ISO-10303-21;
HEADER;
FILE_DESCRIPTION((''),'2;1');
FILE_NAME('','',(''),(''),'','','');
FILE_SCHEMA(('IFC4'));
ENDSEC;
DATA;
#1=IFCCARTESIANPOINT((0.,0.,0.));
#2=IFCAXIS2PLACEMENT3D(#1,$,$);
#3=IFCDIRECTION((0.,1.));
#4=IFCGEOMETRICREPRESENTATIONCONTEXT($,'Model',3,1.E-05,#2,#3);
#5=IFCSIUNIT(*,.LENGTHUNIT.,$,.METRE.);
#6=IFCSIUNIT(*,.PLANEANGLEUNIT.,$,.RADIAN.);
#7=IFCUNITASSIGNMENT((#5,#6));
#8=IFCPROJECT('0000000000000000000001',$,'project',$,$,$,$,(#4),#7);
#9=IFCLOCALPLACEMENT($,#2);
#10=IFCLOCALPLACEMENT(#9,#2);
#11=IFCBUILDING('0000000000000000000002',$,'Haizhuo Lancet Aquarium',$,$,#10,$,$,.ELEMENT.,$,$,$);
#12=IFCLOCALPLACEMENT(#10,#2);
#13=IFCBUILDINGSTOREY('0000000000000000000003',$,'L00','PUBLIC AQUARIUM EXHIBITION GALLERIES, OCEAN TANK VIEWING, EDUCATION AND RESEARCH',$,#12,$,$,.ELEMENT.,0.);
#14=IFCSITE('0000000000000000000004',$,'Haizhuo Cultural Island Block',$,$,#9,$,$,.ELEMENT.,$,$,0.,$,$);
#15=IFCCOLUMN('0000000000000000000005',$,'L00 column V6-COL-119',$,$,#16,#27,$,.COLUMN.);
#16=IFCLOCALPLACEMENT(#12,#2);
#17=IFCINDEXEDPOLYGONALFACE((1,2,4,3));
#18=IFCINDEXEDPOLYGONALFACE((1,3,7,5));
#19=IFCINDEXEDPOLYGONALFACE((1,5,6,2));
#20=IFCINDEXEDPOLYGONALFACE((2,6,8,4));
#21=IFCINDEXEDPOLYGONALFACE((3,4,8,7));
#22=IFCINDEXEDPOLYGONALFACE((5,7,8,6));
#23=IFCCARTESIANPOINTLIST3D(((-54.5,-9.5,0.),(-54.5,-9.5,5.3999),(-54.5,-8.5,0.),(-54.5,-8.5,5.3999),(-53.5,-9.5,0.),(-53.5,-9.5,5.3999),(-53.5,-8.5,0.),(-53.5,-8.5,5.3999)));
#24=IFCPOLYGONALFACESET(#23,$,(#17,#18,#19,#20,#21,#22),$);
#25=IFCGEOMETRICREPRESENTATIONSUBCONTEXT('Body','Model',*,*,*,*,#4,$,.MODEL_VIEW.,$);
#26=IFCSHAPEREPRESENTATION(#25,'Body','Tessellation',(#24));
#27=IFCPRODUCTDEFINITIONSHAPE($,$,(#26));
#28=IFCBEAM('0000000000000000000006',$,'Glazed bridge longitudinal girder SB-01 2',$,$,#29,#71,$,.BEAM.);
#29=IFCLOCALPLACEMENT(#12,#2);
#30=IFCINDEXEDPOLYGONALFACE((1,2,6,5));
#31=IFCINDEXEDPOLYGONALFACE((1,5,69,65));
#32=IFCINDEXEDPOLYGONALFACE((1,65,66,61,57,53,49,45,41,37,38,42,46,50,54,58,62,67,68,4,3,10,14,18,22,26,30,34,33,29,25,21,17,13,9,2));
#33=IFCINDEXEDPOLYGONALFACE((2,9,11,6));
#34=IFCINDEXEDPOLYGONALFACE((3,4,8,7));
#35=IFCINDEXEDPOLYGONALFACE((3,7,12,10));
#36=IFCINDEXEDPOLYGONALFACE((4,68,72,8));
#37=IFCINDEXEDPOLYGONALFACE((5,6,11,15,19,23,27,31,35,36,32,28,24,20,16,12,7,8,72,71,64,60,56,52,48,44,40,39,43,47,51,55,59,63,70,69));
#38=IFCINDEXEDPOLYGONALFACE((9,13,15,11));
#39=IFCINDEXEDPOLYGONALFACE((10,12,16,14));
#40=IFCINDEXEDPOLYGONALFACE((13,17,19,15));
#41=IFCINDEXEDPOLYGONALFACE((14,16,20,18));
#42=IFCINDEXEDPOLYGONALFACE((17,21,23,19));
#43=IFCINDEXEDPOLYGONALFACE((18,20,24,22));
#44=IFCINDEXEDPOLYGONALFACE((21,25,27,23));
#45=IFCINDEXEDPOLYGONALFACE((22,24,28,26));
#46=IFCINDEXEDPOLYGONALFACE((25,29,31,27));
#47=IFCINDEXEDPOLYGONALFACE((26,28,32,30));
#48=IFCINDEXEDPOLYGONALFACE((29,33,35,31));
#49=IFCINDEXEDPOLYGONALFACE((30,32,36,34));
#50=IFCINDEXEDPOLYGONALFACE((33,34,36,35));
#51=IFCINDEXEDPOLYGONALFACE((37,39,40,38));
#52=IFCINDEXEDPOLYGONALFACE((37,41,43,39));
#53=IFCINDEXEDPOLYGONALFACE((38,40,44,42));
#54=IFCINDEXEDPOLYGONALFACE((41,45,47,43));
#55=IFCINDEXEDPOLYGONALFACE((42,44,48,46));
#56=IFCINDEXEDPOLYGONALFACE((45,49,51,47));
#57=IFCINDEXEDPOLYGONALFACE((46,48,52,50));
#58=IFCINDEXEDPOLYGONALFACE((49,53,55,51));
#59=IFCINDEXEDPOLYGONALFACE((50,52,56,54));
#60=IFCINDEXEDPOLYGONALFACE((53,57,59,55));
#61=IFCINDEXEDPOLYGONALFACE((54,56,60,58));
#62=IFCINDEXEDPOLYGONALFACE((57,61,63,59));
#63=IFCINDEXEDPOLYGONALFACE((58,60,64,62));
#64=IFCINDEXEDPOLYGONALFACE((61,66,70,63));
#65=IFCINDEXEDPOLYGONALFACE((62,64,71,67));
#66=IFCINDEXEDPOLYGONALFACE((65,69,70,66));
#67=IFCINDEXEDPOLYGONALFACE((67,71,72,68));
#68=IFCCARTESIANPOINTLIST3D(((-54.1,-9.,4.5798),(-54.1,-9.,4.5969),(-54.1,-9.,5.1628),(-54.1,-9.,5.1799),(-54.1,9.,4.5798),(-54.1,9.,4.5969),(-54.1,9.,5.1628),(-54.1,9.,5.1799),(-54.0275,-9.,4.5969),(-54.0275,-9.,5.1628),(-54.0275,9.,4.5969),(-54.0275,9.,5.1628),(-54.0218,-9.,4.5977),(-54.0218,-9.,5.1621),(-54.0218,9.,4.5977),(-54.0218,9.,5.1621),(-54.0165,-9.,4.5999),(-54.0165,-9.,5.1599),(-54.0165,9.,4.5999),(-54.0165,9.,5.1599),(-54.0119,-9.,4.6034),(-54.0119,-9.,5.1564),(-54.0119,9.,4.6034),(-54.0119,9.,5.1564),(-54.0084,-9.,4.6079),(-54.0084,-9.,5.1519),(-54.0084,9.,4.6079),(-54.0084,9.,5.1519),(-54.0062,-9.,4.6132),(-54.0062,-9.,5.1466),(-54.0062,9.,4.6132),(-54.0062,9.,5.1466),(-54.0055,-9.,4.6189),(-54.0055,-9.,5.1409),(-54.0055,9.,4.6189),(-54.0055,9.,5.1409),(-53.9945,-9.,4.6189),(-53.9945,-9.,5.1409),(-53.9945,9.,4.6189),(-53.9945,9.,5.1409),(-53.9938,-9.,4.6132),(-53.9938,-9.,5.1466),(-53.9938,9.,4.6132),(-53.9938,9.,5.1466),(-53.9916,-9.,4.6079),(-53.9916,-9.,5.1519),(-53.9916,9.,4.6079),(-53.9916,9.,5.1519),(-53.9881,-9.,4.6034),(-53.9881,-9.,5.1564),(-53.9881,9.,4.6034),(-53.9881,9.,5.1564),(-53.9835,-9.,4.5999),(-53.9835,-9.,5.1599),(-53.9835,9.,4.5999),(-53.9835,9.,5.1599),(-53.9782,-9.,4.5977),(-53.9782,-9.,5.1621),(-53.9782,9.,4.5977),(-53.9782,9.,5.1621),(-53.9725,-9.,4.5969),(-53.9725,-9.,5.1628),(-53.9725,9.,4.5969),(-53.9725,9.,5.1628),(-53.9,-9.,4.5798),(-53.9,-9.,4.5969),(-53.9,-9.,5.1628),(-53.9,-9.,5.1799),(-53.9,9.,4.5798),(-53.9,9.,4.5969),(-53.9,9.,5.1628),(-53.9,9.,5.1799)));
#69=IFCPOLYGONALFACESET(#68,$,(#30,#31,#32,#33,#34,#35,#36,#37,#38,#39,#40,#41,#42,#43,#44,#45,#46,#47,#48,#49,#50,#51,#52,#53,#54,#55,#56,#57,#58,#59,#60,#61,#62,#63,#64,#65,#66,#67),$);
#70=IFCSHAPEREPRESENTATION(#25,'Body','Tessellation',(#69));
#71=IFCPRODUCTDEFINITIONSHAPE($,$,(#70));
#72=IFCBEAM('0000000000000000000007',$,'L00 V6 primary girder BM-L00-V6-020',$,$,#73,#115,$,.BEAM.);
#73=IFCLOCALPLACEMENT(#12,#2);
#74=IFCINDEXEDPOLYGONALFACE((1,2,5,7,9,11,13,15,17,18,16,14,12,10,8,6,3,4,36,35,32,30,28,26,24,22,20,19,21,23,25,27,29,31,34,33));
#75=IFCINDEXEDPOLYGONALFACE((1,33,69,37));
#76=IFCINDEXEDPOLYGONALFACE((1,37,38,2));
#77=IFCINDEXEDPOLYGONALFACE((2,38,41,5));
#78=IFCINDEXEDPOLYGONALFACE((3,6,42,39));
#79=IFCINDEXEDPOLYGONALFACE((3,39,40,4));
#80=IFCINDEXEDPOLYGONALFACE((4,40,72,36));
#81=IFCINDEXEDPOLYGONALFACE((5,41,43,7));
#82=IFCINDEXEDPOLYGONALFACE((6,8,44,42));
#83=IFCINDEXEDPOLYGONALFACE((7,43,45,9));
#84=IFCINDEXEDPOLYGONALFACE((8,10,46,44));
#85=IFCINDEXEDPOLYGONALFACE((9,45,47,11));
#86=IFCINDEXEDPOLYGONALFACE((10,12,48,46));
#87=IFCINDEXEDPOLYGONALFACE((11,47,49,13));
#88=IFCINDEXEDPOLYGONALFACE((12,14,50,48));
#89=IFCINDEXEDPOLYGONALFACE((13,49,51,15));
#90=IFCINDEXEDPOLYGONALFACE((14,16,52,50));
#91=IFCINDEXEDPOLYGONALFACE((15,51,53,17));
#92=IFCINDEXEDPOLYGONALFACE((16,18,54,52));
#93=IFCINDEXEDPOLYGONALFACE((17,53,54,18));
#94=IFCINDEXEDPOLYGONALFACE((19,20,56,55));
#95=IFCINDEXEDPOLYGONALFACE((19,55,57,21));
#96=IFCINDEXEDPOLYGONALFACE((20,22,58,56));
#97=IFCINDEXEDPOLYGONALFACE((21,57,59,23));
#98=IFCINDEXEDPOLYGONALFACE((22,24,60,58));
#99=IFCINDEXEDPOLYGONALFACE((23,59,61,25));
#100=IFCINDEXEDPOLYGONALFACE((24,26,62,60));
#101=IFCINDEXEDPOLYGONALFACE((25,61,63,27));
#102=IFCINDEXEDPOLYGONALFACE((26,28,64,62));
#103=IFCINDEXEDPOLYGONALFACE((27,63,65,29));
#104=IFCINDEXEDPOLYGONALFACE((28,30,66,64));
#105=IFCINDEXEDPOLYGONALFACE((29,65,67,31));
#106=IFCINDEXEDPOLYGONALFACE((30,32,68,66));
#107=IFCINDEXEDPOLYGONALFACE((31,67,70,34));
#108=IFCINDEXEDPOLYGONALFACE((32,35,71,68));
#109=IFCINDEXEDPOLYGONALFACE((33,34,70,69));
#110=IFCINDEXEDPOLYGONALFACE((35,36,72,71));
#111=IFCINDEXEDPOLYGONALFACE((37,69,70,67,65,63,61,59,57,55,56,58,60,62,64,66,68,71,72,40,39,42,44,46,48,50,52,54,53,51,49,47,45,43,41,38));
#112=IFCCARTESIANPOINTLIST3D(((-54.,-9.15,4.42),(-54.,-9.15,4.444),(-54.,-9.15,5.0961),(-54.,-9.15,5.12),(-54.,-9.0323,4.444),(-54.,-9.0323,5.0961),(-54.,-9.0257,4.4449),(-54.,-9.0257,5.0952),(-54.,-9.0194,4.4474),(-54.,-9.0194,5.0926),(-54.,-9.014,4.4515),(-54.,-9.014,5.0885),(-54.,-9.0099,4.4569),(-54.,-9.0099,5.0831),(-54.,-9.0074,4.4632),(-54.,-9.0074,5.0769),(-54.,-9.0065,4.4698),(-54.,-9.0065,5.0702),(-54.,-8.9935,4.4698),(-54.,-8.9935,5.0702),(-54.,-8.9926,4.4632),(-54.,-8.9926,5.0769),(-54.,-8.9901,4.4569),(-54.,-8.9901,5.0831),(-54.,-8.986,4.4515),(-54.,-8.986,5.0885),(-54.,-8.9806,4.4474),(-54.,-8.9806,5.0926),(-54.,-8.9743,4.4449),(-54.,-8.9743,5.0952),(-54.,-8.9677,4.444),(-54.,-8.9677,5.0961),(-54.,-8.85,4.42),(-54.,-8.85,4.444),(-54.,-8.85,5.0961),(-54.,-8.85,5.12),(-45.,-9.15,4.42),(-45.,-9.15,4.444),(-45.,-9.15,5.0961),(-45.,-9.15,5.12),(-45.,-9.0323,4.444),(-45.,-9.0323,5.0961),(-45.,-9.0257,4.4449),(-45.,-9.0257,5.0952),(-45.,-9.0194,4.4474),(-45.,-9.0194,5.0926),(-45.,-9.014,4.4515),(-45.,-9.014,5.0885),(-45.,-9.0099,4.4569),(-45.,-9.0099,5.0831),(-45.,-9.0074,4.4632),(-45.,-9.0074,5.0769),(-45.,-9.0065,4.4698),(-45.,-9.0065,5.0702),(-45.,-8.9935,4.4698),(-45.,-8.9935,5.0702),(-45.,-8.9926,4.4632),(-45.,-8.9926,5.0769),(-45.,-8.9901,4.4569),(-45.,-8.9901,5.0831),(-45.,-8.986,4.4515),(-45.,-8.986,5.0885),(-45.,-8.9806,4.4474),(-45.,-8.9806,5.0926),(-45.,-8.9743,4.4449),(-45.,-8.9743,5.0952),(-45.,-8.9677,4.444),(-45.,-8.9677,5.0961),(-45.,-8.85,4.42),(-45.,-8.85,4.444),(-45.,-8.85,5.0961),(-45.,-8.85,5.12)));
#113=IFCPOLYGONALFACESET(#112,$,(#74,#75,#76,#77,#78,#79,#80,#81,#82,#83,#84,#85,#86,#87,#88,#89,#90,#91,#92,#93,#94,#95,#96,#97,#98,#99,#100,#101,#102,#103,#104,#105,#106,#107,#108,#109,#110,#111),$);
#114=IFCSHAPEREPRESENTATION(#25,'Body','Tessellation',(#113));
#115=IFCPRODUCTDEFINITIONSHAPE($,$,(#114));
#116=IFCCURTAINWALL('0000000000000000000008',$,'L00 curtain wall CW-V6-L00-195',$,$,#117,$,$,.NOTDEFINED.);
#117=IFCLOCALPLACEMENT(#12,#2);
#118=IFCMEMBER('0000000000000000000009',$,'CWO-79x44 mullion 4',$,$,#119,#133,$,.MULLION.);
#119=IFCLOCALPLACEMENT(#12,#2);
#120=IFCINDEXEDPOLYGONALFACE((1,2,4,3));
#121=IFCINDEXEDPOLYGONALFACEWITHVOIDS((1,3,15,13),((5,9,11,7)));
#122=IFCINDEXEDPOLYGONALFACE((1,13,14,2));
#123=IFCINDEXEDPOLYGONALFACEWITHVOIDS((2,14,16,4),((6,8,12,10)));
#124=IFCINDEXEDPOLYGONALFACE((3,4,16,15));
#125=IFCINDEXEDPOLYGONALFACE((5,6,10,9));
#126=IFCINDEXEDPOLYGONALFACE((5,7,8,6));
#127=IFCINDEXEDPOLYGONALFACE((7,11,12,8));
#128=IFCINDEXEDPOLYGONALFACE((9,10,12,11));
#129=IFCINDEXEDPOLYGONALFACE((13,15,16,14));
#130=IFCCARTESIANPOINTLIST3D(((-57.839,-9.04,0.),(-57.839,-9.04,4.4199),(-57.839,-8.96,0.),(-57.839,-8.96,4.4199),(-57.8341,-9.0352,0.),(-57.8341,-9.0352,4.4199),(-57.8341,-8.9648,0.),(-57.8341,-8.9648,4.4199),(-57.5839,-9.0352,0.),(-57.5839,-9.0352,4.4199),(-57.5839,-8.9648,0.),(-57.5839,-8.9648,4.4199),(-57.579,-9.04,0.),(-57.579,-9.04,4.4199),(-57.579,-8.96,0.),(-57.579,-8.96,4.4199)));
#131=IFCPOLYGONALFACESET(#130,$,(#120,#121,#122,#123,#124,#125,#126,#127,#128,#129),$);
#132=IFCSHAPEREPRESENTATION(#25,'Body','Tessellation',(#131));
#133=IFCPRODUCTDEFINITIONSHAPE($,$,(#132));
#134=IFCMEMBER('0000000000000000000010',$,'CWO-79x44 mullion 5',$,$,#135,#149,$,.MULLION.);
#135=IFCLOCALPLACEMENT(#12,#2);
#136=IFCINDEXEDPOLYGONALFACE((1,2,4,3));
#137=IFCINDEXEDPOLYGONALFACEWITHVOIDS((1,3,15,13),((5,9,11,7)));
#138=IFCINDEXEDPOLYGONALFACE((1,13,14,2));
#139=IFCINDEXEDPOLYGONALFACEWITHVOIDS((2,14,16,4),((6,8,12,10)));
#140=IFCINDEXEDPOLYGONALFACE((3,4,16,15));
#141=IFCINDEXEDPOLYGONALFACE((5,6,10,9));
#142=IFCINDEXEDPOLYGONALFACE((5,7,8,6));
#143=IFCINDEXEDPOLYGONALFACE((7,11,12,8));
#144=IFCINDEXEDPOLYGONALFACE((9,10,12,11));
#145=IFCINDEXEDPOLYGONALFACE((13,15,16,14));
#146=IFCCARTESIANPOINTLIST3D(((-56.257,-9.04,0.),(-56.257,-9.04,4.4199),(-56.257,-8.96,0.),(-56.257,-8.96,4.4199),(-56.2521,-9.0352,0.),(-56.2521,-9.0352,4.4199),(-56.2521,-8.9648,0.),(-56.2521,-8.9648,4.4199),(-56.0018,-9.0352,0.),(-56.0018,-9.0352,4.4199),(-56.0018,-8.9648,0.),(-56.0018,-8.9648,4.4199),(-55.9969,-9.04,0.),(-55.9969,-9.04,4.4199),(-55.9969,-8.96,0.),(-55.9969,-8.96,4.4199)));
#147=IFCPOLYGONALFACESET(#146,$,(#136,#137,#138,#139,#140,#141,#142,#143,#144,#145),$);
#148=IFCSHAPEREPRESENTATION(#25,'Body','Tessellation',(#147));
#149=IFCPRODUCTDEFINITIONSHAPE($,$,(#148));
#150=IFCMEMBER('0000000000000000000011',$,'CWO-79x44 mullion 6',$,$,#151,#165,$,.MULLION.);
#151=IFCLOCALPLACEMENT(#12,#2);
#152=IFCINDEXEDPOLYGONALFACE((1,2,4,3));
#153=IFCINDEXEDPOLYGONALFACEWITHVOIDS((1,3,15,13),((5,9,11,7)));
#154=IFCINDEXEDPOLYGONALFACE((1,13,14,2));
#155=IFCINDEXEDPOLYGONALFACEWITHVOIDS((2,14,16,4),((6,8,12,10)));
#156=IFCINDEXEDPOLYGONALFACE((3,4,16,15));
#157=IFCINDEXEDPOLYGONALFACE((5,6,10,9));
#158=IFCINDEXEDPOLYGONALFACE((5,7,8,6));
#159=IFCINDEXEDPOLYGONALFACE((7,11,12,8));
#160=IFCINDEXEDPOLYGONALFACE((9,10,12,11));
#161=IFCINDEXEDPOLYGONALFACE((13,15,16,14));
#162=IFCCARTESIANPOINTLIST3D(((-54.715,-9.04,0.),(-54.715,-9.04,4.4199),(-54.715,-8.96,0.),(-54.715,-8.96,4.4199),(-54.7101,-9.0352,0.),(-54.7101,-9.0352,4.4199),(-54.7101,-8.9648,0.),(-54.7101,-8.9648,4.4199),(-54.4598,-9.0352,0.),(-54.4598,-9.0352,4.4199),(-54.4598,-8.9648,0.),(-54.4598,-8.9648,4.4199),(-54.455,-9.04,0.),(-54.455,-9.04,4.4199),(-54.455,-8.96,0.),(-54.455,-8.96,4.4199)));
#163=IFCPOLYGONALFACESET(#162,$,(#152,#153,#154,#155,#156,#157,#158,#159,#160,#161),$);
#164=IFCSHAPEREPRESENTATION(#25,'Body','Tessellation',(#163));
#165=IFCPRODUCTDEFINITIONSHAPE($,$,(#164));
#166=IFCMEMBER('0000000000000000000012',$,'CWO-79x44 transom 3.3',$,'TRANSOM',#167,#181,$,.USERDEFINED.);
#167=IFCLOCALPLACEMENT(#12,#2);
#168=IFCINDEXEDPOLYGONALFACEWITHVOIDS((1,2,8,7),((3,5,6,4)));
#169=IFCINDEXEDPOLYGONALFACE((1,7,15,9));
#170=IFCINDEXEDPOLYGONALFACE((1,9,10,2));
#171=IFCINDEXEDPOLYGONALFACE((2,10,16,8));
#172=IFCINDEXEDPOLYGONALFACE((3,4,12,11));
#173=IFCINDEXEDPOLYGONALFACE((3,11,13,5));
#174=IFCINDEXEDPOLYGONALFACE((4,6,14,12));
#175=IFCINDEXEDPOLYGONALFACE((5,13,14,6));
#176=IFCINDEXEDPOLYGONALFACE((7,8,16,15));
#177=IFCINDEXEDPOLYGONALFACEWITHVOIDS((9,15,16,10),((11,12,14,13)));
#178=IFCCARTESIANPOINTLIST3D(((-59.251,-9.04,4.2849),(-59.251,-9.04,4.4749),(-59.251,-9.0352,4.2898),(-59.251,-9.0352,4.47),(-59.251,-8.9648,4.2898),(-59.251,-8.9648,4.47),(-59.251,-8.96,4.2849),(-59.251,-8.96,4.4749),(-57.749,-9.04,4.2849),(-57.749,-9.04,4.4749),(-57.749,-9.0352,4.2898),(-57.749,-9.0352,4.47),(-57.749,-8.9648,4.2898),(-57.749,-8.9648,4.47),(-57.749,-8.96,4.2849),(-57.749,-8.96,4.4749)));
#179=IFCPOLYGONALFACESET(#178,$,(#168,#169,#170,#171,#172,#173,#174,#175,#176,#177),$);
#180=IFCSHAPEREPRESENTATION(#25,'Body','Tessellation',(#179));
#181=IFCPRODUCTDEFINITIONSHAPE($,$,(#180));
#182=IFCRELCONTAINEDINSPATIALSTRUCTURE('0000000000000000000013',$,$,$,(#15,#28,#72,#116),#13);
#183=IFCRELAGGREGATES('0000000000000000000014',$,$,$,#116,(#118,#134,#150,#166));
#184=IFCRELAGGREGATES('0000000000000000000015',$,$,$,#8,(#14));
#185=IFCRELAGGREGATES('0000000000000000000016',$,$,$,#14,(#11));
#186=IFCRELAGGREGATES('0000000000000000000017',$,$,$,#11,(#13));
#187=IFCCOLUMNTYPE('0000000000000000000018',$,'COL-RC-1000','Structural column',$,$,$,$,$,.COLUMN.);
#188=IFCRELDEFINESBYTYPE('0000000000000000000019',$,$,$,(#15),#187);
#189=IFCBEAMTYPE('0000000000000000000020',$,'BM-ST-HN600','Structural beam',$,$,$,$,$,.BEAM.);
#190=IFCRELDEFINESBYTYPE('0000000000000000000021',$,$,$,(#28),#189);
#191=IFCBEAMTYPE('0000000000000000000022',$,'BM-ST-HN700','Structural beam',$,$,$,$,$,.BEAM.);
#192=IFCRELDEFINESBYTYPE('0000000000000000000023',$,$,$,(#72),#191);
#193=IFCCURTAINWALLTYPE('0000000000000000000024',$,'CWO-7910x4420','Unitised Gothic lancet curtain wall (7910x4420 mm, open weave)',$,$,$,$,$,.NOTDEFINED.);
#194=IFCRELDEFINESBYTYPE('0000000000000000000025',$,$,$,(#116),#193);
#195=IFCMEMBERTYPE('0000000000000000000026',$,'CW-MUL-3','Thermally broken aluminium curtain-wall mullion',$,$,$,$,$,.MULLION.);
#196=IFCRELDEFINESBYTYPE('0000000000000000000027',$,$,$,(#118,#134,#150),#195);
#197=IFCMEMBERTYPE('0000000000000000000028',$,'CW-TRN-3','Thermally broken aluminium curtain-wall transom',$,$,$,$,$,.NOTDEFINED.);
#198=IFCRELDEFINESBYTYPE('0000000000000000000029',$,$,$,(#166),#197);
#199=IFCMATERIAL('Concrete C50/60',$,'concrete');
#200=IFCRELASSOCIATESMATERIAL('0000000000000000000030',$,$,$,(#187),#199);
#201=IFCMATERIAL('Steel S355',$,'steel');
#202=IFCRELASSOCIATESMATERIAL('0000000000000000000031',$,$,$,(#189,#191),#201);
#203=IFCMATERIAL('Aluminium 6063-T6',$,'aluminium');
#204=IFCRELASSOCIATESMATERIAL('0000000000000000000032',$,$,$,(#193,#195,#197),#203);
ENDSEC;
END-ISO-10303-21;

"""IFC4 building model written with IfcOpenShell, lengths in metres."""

from ifc_helpers import new_model, si_unit, direction, frame, origin, origin_2d, place, context, subcontext, project, spatial, rectangle, hollow_rectangle, i_section, extrude, material, material_profile, profile_set, type_object, element, aggregate, save


model = new_model("IFC4")

# Units and contexts
model_context = context("Model", 3, precision=1e-05, world=origin(), true_north=direction((0.0, 1.0)))
body_context = subcontext(model_context, "Body", "Model", "MODEL_VIEW")
ifc_project = project(units=[si_unit("LENGTHUNIT", "METRE"), si_unit("PLANEANGLEUNIT", "RADIAN")], contexts=[model_context])

# Site, building, storey
site_placement = place(None, origin())
site = spatial("IfcSite", under=ifc_project, at=site_placement, Name="Haizhuo Cultural Island Block", CompositionType="ELEMENT", RefElevation=0.0)
building_placement = place(site_placement, origin())
building = spatial("IfcBuilding", under=site, at=building_placement, Name="Haizhuo Lancet Aquarium", CompositionType="ELEMENT")
storey_placement = place(building_placement, origin())
storey = spatial("IfcBuildingStorey", under=building, at=storey_placement, Name="L00", Description="PUBLIC AQUARIUM EXHIBITION GALLERIES, OCEAN TANK VIEWING, EDUCATION AND RESEARCH", CompositionType="ELEMENT", Elevation=0.0)

# Column
ifc_material_1 = material(Name="Concrete C50/60", Category="concrete")
ifc_material_profile_1 = material_profile(ifc_material_1, rectangle(XDim=1.0, YDim=1.0, at=origin_2d()), Name="RC-COL 1000x1000")
ifc_profile_set_1 = profile_set([ifc_material_profile_1], Name="Concrete C50/60")
column_type = type_object("IfcColumnType", Name="COL-RC-1000", Description="Structural column", PredefinedType="COLUMN", material=ifc_profile_set_1)
column_placement = place(storey_placement, frame((-54.0, -9.0, 0.0), z_axis=(0.0, 0.0, 1.0), x_axis=(1.0, 0.0, 0.0)))
element("IfcColumn", 1, at=column_placement, inside=storey, type_object=column_type, Name="L00 column V6-COL-119", PredefinedType="COLUMN", context=body_context, shape_type="SweptSolid", body=[
    extrude(rectangle(XDim=1.0, YDim=1.0, at=origin_2d()), origin(), (0.0, 0.0, 1.0), 5.3999),
])

# Beams
ifc_material_2 = material(Name="Steel S355", Category="steel")
ifc_material_profile_2 = material_profile(ifc_material_2, i_section(OverallWidth=0.2, OverallDepth=0.6001, WebThickness=0.011, FlangeThickness=0.0171, FilletRadius=0.022, at=origin_2d()), Name="HN 600x200x11x17")
ifc_profile_set_2 = profile_set([ifc_material_profile_2], Name="Steel S355")
beam_type_1 = type_object("IfcBeamType", Name="BM-ST-HN600", Description="Structural beam", PredefinedType="BEAM", material=ifc_profile_set_2)
beam_1_placement = place(storey_placement, frame((-54.0, -9.0, 4.8799), z_axis=(0.0, 1.0, 0.0), x_axis=(-1.0, 0.0, 0.0)))
element("IfcBeam", 2, at=beam_1_placement, inside=storey, type_object=beam_type_1, Name="Glazed bridge longitudinal girder SB-01 2", PredefinedType="BEAM", context=body_context, shape_type="SweptSolid", body=[
    extrude(i_section(OverallWidth=0.2, OverallDepth=0.6001, WebThickness=0.011, FlangeThickness=0.0171, FilletRadius=0.022, at=origin_2d()), origin(), (0.0, 0.0, 1.0), 18.0),
])
ifc_material_profile_3 = material_profile(ifc_material_2, i_section(OverallWidth=0.3, OverallDepth=0.7, WebThickness=0.0129, FlangeThickness=0.0239, FilletRadius=0.0259, at=origin_2d()), Name="HN 700x300x13x24")
ifc_profile_set_3 = profile_set([ifc_material_profile_3], Name="Steel S355")
beam_type_2 = type_object("IfcBeamType", Name="BM-ST-HN700", Description="Structural beam", PredefinedType="BEAM", material=ifc_profile_set_3)
beam_2_placement = place(storey_placement, frame((-54.0, -9.0, 4.77), z_axis=(1.0, 0.0, 0.0), x_axis=(0.0, 1.0, 0.0)))
element("IfcBeam", 3, at=beam_2_placement, inside=storey, type_object=beam_type_2, Name="L00 V6 primary girder BM-L00-V6-020", PredefinedType="BEAM", context=body_context, shape_type="SweptSolid", body=[
    extrude(i_section(OverallWidth=0.3, OverallDepth=0.7, WebThickness=0.0129, FlangeThickness=0.0239, FilletRadius=0.0259, at=origin_2d()), origin(), (0.0, 0.0, 1.0), 9.0),
])

# Curtain wall, members
ifc_material_3 = material(Name="Aluminium 6063-T6", Category="aluminium")
curtain_wall_type = type_object("IfcCurtainWallType", Name="CWO-7910x4420", Description="Unitised Gothic lancet curtain wall (7910x4420 mm, open weave)", PredefinedType="NOTDEFINED", material=ifc_material_3)
curtain_wall_placement = place(storey_placement, origin())
curtain_wall = element("IfcCurtainWall", 4, at=curtain_wall_placement, inside=storey, type_object=curtain_wall_type, Name="L00 curtain wall CW-V6-L00-195", PredefinedType="NOTDEFINED")
ifc_material_profile_4 = material_profile(ifc_material_3, hollow_rectangle(XDim=0.0801, YDim=0.26, WallThickness=0.0049, at=origin_2d()), Name="ALU-M 80x260x5")
ifc_profile_set_4 = profile_set([ifc_material_profile_4], Name="Aluminium 6063-T6")
member_type_1 = type_object("IfcMemberType", Name="CW-MUL-3", Description="Thermally broken aluminium curtain-wall mullion", PredefinedType="MULLION", material=ifc_profile_set_4)
member_1_placement = place(storey_placement, frame((-57.709, -9.0, 0.0), z_axis=(0.0, 0.0, 1.0), x_axis=(0.0, 1.0, 0.0)))
member_1 = element("IfcMember", 5, at=member_1_placement, type_object=member_type_1, Name="CWO-79x44 mullion 4", PredefinedType="MULLION", context=body_context, shape_type="SweptSolid", body=[
    extrude(hollow_rectangle(XDim=0.0801, YDim=0.26, WallThickness=0.0049, at=origin_2d()), origin(), (0.0, 0.0, 1.0), 4.4199),
])
member_2_placement = place(storey_placement, frame((-56.127, -9.0, 0.0), z_axis=(0.0, 0.0, 1.0), x_axis=(0.0, 1.0, 0.0)))
member_2 = element("IfcMember", 6, at=member_2_placement, type_object=member_type_1, Name="CWO-79x44 mullion 5", PredefinedType="MULLION", context=body_context, shape_type="SweptSolid", body=[
    extrude(hollow_rectangle(XDim=0.0801, YDim=0.26, WallThickness=0.0049, at=origin_2d()), origin(), (0.0, 0.0, 1.0), 4.4199),
])
member_3_placement = place(storey_placement, frame((-54.585, -9.0, 0.0), z_axis=(0.0, 0.0, 1.0), x_axis=(0.0, 1.0, 0.0)))
member_3 = element("IfcMember", 7, at=member_3_placement, type_object=member_type_1, Name="CWO-79x44 mullion 6", PredefinedType="MULLION", context=body_context, shape_type="SweptSolid", body=[
    extrude(hollow_rectangle(XDim=0.0801, YDim=0.26, WallThickness=0.0049, at=origin_2d()), origin(), (0.0, 0.0, 1.0), 4.4199),
])
ifc_material_profile_5 = material_profile(ifc_material_3, hollow_rectangle(XDim=0.0801, YDim=0.1899, WallThickness=0.0049, at=origin_2d()), Name="ALU-T 80x190x5")
ifc_profile_set_5 = profile_set([ifc_material_profile_5], Name="Aluminium 6063-T6")
member_type_2 = type_object("IfcMemberType", Name="CW-TRN-3", Description="Thermally broken aluminium curtain-wall transom", PredefinedType="NOTDEFINED", material=ifc_profile_set_5)
member_4_placement = place(storey_placement, frame((-59.251, -9.0, 4.3799), z_axis=(1.0, 0.0, 0.0), x_axis=(0.0, 1.0, 0.0)))
member_4 = element("IfcMember", 8, at=member_4_placement, type_object=member_type_2, Name="CWO-79x44 transom 3.3", ObjectType="TRANSOM", PredefinedType="USERDEFINED", context=body_context, shape_type="SweptSolid", body=[
    extrude(hollow_rectangle(XDim=0.0801, YDim=0.1899, WallThickness=0.0049, at=origin_2d()), origin(), (0.0, 0.0, 1.0), 1.502),
])

aggregate(curtain_wall, [member_1, member_2, member_3, member_4])

save(model, "model.ifc")
